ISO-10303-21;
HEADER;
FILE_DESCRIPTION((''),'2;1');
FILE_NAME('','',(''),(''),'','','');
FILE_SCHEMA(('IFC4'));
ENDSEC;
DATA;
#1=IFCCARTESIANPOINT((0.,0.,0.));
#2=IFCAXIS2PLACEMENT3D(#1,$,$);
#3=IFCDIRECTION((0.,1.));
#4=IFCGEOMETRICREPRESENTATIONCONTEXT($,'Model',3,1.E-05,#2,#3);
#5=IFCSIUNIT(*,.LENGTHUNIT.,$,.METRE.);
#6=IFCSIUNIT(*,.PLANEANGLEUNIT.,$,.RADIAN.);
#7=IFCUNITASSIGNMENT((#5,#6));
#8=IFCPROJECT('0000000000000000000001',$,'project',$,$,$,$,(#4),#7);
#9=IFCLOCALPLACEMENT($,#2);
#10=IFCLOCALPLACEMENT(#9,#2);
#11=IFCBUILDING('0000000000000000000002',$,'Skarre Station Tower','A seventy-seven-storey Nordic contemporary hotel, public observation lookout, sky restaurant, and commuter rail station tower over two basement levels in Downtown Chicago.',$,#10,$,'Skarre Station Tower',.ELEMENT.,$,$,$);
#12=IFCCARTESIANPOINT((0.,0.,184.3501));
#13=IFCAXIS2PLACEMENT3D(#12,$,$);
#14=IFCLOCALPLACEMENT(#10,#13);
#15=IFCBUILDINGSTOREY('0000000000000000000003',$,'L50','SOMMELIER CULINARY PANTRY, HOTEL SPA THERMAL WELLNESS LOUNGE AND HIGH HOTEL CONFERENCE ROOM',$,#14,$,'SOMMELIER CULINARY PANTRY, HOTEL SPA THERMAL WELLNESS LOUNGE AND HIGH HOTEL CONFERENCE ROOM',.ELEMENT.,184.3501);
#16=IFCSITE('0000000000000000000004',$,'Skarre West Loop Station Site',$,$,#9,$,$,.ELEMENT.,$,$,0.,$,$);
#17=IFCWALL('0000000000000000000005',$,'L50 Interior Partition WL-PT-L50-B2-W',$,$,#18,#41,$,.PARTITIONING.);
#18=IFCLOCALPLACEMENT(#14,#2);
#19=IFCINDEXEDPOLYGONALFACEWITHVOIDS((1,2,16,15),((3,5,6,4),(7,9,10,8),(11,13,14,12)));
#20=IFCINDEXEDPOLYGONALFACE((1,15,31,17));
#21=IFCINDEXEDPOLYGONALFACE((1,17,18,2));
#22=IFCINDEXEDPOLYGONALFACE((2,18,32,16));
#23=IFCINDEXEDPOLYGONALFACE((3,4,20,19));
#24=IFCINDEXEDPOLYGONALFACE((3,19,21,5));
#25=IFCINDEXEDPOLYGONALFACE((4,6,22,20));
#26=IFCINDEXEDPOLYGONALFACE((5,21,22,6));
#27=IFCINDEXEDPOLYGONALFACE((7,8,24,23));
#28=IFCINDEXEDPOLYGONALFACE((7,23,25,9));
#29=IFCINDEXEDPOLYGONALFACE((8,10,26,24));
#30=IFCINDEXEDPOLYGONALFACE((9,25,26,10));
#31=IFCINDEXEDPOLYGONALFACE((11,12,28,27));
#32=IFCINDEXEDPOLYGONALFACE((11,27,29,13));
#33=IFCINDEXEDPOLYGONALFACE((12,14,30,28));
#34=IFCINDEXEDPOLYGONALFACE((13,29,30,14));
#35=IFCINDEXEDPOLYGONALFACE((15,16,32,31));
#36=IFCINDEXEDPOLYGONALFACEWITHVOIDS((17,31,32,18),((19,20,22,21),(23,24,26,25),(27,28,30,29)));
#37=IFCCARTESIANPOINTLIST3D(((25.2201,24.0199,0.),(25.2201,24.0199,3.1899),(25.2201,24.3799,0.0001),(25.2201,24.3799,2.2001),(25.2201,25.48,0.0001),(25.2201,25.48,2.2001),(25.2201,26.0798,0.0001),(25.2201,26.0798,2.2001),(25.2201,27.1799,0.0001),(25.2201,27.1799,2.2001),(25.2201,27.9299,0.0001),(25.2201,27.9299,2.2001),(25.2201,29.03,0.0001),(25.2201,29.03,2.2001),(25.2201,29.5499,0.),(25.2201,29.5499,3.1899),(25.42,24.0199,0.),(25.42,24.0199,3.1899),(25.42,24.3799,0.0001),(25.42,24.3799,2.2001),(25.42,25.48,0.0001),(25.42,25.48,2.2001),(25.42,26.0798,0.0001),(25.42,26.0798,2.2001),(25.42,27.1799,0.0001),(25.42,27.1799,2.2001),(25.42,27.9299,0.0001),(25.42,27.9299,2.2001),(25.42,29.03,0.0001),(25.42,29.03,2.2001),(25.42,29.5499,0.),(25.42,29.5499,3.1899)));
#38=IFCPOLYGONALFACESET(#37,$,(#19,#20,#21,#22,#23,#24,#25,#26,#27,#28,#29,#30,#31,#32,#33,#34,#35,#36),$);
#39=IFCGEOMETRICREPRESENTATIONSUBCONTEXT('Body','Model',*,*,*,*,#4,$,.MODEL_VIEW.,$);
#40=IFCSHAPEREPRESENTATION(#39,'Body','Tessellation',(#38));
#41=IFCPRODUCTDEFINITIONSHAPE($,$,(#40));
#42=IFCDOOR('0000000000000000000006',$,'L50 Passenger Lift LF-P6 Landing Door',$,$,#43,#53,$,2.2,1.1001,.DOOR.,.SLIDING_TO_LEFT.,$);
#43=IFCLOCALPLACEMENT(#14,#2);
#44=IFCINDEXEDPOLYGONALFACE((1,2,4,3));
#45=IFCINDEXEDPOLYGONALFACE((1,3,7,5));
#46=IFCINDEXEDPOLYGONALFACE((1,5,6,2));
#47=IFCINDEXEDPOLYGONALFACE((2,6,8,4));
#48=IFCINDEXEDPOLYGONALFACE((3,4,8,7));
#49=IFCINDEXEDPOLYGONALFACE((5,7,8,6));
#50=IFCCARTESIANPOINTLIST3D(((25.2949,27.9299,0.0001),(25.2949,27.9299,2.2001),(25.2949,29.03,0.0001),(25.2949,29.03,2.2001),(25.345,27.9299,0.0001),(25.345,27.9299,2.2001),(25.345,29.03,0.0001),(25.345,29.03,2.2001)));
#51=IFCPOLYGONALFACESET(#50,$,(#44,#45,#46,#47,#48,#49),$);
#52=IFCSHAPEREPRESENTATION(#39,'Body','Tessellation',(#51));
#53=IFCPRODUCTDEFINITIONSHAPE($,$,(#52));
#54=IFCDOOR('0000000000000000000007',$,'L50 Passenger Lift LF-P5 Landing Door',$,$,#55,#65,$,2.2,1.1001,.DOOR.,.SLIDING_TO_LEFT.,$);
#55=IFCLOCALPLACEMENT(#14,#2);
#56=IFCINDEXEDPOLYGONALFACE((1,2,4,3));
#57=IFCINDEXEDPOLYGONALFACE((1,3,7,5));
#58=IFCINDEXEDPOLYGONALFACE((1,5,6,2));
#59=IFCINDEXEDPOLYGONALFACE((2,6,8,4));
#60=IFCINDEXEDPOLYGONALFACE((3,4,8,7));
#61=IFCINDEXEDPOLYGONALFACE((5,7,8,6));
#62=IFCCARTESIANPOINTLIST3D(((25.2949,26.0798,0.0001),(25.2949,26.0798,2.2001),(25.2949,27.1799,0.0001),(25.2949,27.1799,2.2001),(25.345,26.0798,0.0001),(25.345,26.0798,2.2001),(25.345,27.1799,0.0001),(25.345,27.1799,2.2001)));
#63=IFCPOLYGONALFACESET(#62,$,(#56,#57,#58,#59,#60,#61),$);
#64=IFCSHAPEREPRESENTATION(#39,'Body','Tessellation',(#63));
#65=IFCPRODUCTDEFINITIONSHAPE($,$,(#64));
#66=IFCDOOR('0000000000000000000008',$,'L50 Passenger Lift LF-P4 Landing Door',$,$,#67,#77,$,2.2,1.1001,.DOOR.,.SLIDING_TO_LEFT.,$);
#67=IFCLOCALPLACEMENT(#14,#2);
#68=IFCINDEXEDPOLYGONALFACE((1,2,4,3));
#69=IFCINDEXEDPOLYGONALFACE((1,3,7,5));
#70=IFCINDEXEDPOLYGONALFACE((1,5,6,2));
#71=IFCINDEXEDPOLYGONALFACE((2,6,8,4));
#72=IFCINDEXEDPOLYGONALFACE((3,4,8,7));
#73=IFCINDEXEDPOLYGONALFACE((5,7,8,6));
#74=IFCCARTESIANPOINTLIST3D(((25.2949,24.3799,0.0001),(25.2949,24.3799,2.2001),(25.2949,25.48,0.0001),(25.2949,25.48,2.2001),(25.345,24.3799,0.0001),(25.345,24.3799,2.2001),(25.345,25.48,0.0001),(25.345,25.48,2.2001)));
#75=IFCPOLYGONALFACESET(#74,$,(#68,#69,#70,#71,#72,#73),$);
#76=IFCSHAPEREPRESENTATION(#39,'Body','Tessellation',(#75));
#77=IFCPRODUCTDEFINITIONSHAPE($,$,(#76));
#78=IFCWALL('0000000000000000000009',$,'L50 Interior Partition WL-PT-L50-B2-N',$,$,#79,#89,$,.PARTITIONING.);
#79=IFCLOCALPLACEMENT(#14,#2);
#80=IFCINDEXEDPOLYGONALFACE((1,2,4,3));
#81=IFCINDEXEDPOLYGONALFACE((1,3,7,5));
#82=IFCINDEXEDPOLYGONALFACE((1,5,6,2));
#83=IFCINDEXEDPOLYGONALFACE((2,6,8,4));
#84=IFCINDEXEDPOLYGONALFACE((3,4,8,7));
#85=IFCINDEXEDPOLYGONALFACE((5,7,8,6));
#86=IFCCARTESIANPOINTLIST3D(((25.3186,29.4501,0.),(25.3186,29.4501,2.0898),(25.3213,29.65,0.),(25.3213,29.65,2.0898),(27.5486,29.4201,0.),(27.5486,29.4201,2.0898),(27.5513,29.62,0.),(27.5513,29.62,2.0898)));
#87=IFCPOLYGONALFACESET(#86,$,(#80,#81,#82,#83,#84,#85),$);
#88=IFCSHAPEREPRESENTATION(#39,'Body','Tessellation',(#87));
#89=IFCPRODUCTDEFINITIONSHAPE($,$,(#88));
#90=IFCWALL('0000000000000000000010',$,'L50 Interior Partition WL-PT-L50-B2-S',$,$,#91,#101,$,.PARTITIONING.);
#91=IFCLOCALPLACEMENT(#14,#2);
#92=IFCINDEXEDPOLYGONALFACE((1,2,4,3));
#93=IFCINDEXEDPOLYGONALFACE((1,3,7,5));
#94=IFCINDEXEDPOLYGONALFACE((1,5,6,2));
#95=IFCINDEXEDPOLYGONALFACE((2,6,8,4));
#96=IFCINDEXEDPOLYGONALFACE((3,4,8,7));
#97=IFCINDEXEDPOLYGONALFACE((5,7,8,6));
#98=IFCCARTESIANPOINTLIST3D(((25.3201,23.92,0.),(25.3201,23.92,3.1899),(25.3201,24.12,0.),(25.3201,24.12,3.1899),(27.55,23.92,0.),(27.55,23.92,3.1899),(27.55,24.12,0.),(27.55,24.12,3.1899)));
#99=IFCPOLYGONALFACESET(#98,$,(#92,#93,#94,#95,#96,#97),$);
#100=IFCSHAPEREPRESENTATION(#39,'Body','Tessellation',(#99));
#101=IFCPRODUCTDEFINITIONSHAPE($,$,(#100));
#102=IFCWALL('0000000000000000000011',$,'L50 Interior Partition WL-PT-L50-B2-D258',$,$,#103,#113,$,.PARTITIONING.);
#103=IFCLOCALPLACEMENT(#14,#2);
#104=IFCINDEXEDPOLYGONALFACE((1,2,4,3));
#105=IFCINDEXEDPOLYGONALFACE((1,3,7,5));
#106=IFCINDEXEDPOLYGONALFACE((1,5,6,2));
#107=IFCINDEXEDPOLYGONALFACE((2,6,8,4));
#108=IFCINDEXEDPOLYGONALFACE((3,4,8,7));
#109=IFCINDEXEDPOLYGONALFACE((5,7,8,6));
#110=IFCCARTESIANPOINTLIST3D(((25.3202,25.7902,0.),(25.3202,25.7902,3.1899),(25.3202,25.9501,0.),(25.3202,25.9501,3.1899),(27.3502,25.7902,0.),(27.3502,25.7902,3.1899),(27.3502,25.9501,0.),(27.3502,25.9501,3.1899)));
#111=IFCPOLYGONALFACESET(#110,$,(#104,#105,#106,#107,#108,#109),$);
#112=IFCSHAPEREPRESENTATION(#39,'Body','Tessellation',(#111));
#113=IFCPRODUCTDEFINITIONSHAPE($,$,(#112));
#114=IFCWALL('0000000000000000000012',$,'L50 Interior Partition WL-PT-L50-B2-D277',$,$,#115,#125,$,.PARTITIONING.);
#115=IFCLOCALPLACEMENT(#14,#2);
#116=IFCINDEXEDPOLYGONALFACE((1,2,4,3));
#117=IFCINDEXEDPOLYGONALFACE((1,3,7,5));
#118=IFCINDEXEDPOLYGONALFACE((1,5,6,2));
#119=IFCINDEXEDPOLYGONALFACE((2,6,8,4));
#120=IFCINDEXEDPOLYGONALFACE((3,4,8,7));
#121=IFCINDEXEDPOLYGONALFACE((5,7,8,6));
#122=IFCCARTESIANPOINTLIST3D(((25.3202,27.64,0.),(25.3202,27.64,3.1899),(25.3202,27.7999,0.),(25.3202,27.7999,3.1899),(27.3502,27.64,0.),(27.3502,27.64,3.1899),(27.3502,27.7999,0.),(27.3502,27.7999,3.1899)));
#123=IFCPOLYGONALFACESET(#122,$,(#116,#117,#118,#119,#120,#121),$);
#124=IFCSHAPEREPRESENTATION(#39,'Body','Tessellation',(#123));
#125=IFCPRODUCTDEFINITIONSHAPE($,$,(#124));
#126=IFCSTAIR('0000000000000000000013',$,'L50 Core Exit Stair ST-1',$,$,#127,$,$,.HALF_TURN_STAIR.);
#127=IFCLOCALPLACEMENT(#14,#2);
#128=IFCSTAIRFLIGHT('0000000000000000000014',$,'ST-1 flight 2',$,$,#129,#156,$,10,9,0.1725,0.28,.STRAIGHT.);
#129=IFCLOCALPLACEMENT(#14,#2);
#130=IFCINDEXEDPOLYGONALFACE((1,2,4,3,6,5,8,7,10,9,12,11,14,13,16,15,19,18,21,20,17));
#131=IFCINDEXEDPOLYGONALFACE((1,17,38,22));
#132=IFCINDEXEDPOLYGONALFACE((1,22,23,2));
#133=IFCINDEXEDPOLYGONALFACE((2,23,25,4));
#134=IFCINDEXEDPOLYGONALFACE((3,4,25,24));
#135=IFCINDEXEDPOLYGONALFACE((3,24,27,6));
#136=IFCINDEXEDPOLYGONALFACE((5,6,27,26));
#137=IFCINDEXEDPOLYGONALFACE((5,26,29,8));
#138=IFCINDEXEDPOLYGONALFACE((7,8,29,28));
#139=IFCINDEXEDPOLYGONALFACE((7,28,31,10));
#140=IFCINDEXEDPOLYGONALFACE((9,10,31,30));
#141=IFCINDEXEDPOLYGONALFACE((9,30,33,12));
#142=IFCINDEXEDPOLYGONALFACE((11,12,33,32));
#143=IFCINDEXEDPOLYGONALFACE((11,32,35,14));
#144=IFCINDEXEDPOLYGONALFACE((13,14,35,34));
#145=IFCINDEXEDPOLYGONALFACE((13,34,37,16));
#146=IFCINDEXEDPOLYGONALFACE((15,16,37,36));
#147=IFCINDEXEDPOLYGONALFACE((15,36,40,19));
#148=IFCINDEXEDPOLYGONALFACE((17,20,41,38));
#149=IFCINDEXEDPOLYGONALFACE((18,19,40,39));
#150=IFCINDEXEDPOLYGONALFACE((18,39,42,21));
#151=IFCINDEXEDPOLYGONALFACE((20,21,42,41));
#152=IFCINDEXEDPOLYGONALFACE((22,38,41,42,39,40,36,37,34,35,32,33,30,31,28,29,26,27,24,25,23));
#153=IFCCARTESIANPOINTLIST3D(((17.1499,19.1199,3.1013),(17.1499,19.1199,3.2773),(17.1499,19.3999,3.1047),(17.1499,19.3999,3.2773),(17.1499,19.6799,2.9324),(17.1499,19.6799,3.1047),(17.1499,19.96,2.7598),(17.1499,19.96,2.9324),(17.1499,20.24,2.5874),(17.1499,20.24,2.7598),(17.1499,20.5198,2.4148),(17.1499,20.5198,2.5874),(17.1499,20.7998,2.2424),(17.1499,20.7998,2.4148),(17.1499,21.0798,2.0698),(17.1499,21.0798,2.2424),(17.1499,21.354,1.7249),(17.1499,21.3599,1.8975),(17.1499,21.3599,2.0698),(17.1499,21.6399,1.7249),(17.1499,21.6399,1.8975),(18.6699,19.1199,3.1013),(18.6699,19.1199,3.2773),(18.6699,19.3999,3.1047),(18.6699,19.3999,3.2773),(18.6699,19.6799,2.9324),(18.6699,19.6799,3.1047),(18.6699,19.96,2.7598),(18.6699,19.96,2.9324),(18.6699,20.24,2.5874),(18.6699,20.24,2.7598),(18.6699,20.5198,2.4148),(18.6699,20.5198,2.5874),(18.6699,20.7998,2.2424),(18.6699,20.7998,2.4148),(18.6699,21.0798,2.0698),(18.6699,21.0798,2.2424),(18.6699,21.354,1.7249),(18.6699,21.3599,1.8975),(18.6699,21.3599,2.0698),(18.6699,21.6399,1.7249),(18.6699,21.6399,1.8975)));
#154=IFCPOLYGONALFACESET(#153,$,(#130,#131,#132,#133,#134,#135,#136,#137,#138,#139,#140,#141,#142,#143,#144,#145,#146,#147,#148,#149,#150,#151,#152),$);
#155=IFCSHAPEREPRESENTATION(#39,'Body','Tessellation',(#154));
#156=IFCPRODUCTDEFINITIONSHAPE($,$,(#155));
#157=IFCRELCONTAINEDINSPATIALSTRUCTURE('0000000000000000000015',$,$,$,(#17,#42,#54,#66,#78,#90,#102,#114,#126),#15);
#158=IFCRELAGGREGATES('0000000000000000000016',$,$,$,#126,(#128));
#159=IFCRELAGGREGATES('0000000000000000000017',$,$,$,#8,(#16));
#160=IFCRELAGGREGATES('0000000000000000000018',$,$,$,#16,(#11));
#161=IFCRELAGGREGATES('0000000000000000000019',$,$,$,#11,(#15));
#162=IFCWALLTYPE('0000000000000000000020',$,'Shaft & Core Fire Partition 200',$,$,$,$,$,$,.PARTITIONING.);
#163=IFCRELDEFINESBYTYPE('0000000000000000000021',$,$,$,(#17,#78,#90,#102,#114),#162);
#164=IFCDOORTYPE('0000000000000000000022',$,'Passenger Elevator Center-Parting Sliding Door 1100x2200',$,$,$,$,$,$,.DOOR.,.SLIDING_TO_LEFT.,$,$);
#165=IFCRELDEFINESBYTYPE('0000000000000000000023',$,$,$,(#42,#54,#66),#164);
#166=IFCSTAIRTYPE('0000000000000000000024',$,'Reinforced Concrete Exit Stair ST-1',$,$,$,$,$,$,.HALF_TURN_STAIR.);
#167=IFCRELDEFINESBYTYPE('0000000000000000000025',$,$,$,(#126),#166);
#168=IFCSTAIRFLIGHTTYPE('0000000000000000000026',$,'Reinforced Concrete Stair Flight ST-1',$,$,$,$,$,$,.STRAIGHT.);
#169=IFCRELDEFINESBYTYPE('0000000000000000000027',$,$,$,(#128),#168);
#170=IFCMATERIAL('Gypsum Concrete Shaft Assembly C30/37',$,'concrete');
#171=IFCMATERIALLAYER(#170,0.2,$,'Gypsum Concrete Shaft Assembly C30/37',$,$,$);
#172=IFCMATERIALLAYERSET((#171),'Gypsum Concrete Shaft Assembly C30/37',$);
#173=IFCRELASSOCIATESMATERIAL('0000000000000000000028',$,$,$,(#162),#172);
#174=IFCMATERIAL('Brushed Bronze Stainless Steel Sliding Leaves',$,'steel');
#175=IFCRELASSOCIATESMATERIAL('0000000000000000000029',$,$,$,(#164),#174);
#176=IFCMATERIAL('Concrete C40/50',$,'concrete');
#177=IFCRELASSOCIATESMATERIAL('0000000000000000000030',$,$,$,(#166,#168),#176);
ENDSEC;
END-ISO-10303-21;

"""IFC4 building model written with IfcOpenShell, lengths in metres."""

from ifc_helpers import new_model, si_unit, direction, frame, frame_2d, origin, place, context, subcontext, project, spatial, polyline, rectangle, outline, extrude, material, layer, layer_set, type_object, element, fill, aggregate, save


model = new_model("IFC4")

# Units and contexts
model_context = context("Model", 3, precision=1e-05, world=origin(), true_north=direction((0.0, 1.0)))
body_context = subcontext(model_context, "Body", "Model", "MODEL_VIEW")
ifc_project = project(units=[si_unit("LENGTHUNIT", "METRE"), si_unit("PLANEANGLEUNIT", "RADIAN")], contexts=[model_context])

# Site, building, storey
site_placement = place(None, origin())
site = spatial("IfcSite", under=ifc_project, at=site_placement, Name="Skarre West Loop Station Site", CompositionType="ELEMENT", RefElevation=0.0)
building_placement = place(site_placement, origin())
building = spatial("IfcBuilding", under=site, at=building_placement, Name="Skarre Station Tower", Description="A seventy-seven-storey Nordic contemporary hotel, public observation lookout, sky restaurant, and commuter rail station tower over two basement levels in Downtown Chicago.", LongName="Skarre Station Tower", CompositionType="ELEMENT")
storey_placement = place(building_placement, frame((0.0, 0.0, 184.3501)))
storey = spatial("IfcBuildingStorey", under=building, at=storey_placement, Name="L50", Description="SOMMELIER CULINARY PANTRY, HOTEL SPA THERMAL WELLNESS LOUNGE AND HIGH HOTEL CONFERENCE ROOM", LongName="SOMMELIER CULINARY PANTRY, HOTEL SPA THERMAL WELLNESS LOUNGE AND HIGH HOTEL CONFERENCE ROOM", CompositionType="ELEMENT", Elevation=184.3501)

# Shared definitions
ifc_material_1 = material(Name="Gypsum Concrete Shaft Assembly C30/37", Category="concrete")
ifc_layer_1 = layer(ifc_material_1, 0.2, Name="Gypsum Concrete Shaft Assembly C30/37")
ifc_layer_set_1 = layer_set([ifc_layer_1], Name="Gypsum Concrete Shaft Assembly C30/37")
wall_type_1 = type_object("IfcWallType", Name="Shaft & Core Fire Partition 200", PredefinedType="PARTITIONING", material=ifc_layer_set_1)

# Wall, openings, doors
wall_1_placement = place(storey_placement, frame((25.3201, 29.55, 0.0), z_axis=(0.0, 0.0, 1.0), x_axis=(0.0, -1.0, 0.0)))
wall_1 = element("IfcWall", 1, at=wall_1_placement, inside=storey, type_object=wall_type_1, Name="L50 Interior Partition WL-PT-L50-B2-W", PredefinedType="PARTITIONING", context=body_context, shape_type="SweptSolid", body=[
    extrude(rectangle(XDim=5.53, YDim=0.2, at=frame_2d((2.7651, 0.0))), origin(), (0.0, 0.0, 1.0), 3.1899),
])
opening_1_placement = place(wall_1_placement, frame((0.52, 0.0, 0.0)))
opening_1 = element("IfcOpeningElement", 2, at=opening_1_placement, cuts=wall_1, PredefinedType="OPENING", context=body_context, shape_type="SweptSolid", body=[
    extrude(rectangle(XDim=1.1001, YDim=2.2, at=frame_2d((0.55, 1.1001))), frame((0.0, 0.1099, 0.0), z_axis=(0.0, -1.0, 0.0), x_axis=(1.0, 0.0, 0.0)), (0.0, 0.0, 1.0), 0.22),
])
opening_2_placement = place(wall_1_placement, frame((2.3701, 0.0, 0.0)))
opening_2 = element("IfcOpeningElement", 3, at=opening_2_placement, cuts=wall_1, PredefinedType="OPENING", context=body_context, shape_type="SweptSolid", body=[
    extrude(rectangle(XDim=1.1001, YDim=2.2, at=frame_2d((0.55, 1.1001))), frame((0.0, 0.1099, 0.0), z_axis=(0.0, -1.0, 0.0), x_axis=(1.0, 0.0, 0.0)), (0.0, 0.0, 1.0), 0.22),
])
opening_3_placement = place(wall_1_placement, frame((4.0701, 0.0, 0.0)))
opening_3 = element("IfcOpeningElement", 4, at=opening_3_placement, cuts=wall_1, PredefinedType="OPENING", context=body_context, shape_type="SweptSolid", body=[
    extrude(rectangle(XDim=1.1001, YDim=2.2, at=frame_2d((0.55, 1.1001))), frame((0.0, 0.1099, 0.0), z_axis=(0.0, -1.0, 0.0), x_axis=(1.0, 0.0, 0.0)), (0.0, 0.0, 1.0), 0.22),
])
ifc_material_2 = material(Name="Brushed Bronze Stainless Steel Sliding Leaves", Category="steel")
door_type_1 = type_object("IfcDoorType", Name="Passenger Elevator Center-Parting Sliding Door 1100x2200", OperationType="SLIDING_TO_LEFT", PredefinedType="DOOR", material=ifc_material_2)
door_1_placement = place(opening_1_placement, origin())
door_1 = element("IfcDoor", 5, at=door_1_placement, inside=storey, type_object=door_type_1, Name="L50 Passenger Lift LF-P6 Landing Door", OperationType="SLIDING_TO_LEFT", OverallHeight=2.2, OverallWidth=1.1001, PredefinedType="DOOR", context=body_context, shape_type="SweptSolid", body=[
    extrude(rectangle(XDim=1.1001, YDim=2.2, at=frame_2d((0.55, 1.1001))), frame((0.0, 0.0249, 0.0), z_axis=(0.0, -1.0, 0.0), x_axis=(1.0, 0.0, 0.0)), (0.0, 0.0, 1.0), 0.05),
])
fill(opening_1, door_1)
door_2_placement = place(opening_2_placement, origin())
door_2 = element("IfcDoor", 6, at=door_2_placement, inside=storey, type_object=door_type_1, Name="L50 Passenger Lift LF-P5 Landing Door", OperationType="SLIDING_TO_LEFT", OverallHeight=2.2, OverallWidth=1.1001, PredefinedType="DOOR", context=body_context, shape_type="SweptSolid", body=[
    extrude(rectangle(XDim=1.1001, YDim=2.2, at=frame_2d((0.55, 1.1001))), frame((0.0, 0.0249, 0.0), z_axis=(0.0, -1.0, 0.0), x_axis=(1.0, 0.0, 0.0)), (0.0, 0.0, 1.0), 0.05),
])
fill(opening_2, door_2)
door_3_placement = place(opening_3_placement, origin())
door_3 = element("IfcDoor", 7, at=door_3_placement, inside=storey, type_object=door_type_1, Name="L50 Passenger Lift LF-P4 Landing Door", OperationType="SLIDING_TO_LEFT", OverallHeight=2.2, OverallWidth=1.1001, PredefinedType="DOOR", context=body_context, shape_type="SweptSolid", body=[
    extrude(rectangle(XDim=1.1001, YDim=2.2, at=frame_2d((0.55, 1.1001))), frame((0.0, 0.0249, 0.0), z_axis=(0.0, -1.0, 0.0), x_axis=(1.0, 0.0, 0.0)), (0.0, 0.0, 1.0), 0.05),
])
fill(opening_3, door_3)

# Walls
wall_2_placement = place(storey_placement, frame((27.55, 29.52, 0.0), z_axis=(0.0, 0.0, 1.0), x_axis=(-0.999909, 0.013465, 0.0)))
element("IfcWall", 8, at=wall_2_placement, inside=storey, type_object=wall_type_1, Name="L50 Interior Partition WL-PT-L50-B2-N", PredefinedType="PARTITIONING", context=body_context, shape_type="SweptSolid", body=[
    extrude(rectangle(XDim=2.2302, YDim=0.2, at=frame_2d((1.1152, 0.0))), origin(), (0.0, 0.0, 1.0), 2.0898),
])
wall_3_placement = place(storey_placement, frame((25.3201, 24.02, 0.0), z_axis=(0.0, 0.0, 1.0), x_axis=(1.0, 0.0, 0.0)))
element("IfcWall", 9, at=wall_3_placement, inside=storey, type_object=wall_type_1, Name="L50 Interior Partition WL-PT-L50-B2-S", PredefinedType="PARTITIONING", context=body_context, shape_type="SweptSolid", body=[
    extrude(rectangle(XDim=2.23, YDim=0.2, at=frame_2d((1.115, 0.0))), origin(), (0.0, 0.0, 1.0), 3.1899),
])
for number, where, z_axis, x_axis, name in (
    (10, (25.3201, 25.8701, 0.0), (0.0, 0.0, 1.0), (1.0, 0.0, 0.0), "L50 Interior Partition WL-PT-L50-B2-D258"),
    (11, (25.3201, 27.72, 0.0), (0.0, 0.0, 1.0), (1.0, 0.0, 0.0), "L50 Interior Partition WL-PT-L50-B2-D277"),
):
    element("IfcWall", number, at=place(storey_placement, frame(where, z_axis=z_axis, x_axis=x_axis)), inside=storey, type_object=wall_type_1, Name=name, PredefinedType="PARTITIONING", context=body_context, shape_type="SweptSolid", body=[
        extrude(rectangle(XDim=2.03, YDim=0.1599, at=frame_2d((1.0151, 0.0))), origin(), (0.0, 0.0, 1.0), 3.1899),
    ])

# Stair, stair flight
ifc_material_3 = material(Name="Concrete C40/50", Category="concrete")
stair_type = type_object("IfcStairType", Name="Reinforced Concrete Exit Stair ST-1", PredefinedType="HALF_TURN_STAIR", material=ifc_material_3)
stair_placement = place(storey_placement, origin())
stair = element("IfcStair", 12, at=stair_placement, inside=storey, type_object=stair_type, Name="L50 Core Exit Stair ST-1", PredefinedType="HALF_TURN_STAIR")
stair_flight_type = type_object("IfcStairFlightType", Name="Reinforced Concrete Stair Flight ST-1", PredefinedType="STRAIGHT", material=ifc_material_3)
stair_flight_placement = place(storey_placement, frame((17.9099, 21.6399, 1.7249), z_axis=(0.0, 0.0, 1.0), x_axis=(0.0, -1.0, 0.0)))
stair_flight = element("IfcStairFlight", 13, at=stair_flight_placement, type_object=stair_flight_type, Name="ST-1 flight 2", NumberOfRisers=10, NumberOfTreads=9, PredefinedType="STRAIGHT", RiserHeight=0.1725, TreadLength=0.28, context=body_context, shape_type="SweptSolid", body=[
    extrude(outline(polyline([(0.0, 0.0), (0.0, 0.1726), (0.28, 0.1726), (0.28, 0.345), (0.5601, 0.345), (0.5601, 0.5176), (0.8401, 0.5176), (0.8401, 0.6899), (1.1201, 0.6899), (1.1201, 0.8625), (1.3999, 0.8625), (1.3999, 1.0349), (1.6799, 1.0349), (1.6799, 1.2075), (1.96, 1.2075), (1.96, 1.3799), (2.24, 1.3799), (2.24, 1.5525), (2.52, 1.5525), (2.52, 1.7251), (2.52, 1.3765), (0.2859, 0.0), (0.0, 0.0)])), frame((0.0, 0.76, 0.0), z_axis=(0.0, -1.0, 0.0), x_axis=(1.0, 0.0, 0.0)), (0.0, 0.0, 1.0), 1.52),
])
aggregate(stair, [stair_flight])

save(model, "model.ifc")
